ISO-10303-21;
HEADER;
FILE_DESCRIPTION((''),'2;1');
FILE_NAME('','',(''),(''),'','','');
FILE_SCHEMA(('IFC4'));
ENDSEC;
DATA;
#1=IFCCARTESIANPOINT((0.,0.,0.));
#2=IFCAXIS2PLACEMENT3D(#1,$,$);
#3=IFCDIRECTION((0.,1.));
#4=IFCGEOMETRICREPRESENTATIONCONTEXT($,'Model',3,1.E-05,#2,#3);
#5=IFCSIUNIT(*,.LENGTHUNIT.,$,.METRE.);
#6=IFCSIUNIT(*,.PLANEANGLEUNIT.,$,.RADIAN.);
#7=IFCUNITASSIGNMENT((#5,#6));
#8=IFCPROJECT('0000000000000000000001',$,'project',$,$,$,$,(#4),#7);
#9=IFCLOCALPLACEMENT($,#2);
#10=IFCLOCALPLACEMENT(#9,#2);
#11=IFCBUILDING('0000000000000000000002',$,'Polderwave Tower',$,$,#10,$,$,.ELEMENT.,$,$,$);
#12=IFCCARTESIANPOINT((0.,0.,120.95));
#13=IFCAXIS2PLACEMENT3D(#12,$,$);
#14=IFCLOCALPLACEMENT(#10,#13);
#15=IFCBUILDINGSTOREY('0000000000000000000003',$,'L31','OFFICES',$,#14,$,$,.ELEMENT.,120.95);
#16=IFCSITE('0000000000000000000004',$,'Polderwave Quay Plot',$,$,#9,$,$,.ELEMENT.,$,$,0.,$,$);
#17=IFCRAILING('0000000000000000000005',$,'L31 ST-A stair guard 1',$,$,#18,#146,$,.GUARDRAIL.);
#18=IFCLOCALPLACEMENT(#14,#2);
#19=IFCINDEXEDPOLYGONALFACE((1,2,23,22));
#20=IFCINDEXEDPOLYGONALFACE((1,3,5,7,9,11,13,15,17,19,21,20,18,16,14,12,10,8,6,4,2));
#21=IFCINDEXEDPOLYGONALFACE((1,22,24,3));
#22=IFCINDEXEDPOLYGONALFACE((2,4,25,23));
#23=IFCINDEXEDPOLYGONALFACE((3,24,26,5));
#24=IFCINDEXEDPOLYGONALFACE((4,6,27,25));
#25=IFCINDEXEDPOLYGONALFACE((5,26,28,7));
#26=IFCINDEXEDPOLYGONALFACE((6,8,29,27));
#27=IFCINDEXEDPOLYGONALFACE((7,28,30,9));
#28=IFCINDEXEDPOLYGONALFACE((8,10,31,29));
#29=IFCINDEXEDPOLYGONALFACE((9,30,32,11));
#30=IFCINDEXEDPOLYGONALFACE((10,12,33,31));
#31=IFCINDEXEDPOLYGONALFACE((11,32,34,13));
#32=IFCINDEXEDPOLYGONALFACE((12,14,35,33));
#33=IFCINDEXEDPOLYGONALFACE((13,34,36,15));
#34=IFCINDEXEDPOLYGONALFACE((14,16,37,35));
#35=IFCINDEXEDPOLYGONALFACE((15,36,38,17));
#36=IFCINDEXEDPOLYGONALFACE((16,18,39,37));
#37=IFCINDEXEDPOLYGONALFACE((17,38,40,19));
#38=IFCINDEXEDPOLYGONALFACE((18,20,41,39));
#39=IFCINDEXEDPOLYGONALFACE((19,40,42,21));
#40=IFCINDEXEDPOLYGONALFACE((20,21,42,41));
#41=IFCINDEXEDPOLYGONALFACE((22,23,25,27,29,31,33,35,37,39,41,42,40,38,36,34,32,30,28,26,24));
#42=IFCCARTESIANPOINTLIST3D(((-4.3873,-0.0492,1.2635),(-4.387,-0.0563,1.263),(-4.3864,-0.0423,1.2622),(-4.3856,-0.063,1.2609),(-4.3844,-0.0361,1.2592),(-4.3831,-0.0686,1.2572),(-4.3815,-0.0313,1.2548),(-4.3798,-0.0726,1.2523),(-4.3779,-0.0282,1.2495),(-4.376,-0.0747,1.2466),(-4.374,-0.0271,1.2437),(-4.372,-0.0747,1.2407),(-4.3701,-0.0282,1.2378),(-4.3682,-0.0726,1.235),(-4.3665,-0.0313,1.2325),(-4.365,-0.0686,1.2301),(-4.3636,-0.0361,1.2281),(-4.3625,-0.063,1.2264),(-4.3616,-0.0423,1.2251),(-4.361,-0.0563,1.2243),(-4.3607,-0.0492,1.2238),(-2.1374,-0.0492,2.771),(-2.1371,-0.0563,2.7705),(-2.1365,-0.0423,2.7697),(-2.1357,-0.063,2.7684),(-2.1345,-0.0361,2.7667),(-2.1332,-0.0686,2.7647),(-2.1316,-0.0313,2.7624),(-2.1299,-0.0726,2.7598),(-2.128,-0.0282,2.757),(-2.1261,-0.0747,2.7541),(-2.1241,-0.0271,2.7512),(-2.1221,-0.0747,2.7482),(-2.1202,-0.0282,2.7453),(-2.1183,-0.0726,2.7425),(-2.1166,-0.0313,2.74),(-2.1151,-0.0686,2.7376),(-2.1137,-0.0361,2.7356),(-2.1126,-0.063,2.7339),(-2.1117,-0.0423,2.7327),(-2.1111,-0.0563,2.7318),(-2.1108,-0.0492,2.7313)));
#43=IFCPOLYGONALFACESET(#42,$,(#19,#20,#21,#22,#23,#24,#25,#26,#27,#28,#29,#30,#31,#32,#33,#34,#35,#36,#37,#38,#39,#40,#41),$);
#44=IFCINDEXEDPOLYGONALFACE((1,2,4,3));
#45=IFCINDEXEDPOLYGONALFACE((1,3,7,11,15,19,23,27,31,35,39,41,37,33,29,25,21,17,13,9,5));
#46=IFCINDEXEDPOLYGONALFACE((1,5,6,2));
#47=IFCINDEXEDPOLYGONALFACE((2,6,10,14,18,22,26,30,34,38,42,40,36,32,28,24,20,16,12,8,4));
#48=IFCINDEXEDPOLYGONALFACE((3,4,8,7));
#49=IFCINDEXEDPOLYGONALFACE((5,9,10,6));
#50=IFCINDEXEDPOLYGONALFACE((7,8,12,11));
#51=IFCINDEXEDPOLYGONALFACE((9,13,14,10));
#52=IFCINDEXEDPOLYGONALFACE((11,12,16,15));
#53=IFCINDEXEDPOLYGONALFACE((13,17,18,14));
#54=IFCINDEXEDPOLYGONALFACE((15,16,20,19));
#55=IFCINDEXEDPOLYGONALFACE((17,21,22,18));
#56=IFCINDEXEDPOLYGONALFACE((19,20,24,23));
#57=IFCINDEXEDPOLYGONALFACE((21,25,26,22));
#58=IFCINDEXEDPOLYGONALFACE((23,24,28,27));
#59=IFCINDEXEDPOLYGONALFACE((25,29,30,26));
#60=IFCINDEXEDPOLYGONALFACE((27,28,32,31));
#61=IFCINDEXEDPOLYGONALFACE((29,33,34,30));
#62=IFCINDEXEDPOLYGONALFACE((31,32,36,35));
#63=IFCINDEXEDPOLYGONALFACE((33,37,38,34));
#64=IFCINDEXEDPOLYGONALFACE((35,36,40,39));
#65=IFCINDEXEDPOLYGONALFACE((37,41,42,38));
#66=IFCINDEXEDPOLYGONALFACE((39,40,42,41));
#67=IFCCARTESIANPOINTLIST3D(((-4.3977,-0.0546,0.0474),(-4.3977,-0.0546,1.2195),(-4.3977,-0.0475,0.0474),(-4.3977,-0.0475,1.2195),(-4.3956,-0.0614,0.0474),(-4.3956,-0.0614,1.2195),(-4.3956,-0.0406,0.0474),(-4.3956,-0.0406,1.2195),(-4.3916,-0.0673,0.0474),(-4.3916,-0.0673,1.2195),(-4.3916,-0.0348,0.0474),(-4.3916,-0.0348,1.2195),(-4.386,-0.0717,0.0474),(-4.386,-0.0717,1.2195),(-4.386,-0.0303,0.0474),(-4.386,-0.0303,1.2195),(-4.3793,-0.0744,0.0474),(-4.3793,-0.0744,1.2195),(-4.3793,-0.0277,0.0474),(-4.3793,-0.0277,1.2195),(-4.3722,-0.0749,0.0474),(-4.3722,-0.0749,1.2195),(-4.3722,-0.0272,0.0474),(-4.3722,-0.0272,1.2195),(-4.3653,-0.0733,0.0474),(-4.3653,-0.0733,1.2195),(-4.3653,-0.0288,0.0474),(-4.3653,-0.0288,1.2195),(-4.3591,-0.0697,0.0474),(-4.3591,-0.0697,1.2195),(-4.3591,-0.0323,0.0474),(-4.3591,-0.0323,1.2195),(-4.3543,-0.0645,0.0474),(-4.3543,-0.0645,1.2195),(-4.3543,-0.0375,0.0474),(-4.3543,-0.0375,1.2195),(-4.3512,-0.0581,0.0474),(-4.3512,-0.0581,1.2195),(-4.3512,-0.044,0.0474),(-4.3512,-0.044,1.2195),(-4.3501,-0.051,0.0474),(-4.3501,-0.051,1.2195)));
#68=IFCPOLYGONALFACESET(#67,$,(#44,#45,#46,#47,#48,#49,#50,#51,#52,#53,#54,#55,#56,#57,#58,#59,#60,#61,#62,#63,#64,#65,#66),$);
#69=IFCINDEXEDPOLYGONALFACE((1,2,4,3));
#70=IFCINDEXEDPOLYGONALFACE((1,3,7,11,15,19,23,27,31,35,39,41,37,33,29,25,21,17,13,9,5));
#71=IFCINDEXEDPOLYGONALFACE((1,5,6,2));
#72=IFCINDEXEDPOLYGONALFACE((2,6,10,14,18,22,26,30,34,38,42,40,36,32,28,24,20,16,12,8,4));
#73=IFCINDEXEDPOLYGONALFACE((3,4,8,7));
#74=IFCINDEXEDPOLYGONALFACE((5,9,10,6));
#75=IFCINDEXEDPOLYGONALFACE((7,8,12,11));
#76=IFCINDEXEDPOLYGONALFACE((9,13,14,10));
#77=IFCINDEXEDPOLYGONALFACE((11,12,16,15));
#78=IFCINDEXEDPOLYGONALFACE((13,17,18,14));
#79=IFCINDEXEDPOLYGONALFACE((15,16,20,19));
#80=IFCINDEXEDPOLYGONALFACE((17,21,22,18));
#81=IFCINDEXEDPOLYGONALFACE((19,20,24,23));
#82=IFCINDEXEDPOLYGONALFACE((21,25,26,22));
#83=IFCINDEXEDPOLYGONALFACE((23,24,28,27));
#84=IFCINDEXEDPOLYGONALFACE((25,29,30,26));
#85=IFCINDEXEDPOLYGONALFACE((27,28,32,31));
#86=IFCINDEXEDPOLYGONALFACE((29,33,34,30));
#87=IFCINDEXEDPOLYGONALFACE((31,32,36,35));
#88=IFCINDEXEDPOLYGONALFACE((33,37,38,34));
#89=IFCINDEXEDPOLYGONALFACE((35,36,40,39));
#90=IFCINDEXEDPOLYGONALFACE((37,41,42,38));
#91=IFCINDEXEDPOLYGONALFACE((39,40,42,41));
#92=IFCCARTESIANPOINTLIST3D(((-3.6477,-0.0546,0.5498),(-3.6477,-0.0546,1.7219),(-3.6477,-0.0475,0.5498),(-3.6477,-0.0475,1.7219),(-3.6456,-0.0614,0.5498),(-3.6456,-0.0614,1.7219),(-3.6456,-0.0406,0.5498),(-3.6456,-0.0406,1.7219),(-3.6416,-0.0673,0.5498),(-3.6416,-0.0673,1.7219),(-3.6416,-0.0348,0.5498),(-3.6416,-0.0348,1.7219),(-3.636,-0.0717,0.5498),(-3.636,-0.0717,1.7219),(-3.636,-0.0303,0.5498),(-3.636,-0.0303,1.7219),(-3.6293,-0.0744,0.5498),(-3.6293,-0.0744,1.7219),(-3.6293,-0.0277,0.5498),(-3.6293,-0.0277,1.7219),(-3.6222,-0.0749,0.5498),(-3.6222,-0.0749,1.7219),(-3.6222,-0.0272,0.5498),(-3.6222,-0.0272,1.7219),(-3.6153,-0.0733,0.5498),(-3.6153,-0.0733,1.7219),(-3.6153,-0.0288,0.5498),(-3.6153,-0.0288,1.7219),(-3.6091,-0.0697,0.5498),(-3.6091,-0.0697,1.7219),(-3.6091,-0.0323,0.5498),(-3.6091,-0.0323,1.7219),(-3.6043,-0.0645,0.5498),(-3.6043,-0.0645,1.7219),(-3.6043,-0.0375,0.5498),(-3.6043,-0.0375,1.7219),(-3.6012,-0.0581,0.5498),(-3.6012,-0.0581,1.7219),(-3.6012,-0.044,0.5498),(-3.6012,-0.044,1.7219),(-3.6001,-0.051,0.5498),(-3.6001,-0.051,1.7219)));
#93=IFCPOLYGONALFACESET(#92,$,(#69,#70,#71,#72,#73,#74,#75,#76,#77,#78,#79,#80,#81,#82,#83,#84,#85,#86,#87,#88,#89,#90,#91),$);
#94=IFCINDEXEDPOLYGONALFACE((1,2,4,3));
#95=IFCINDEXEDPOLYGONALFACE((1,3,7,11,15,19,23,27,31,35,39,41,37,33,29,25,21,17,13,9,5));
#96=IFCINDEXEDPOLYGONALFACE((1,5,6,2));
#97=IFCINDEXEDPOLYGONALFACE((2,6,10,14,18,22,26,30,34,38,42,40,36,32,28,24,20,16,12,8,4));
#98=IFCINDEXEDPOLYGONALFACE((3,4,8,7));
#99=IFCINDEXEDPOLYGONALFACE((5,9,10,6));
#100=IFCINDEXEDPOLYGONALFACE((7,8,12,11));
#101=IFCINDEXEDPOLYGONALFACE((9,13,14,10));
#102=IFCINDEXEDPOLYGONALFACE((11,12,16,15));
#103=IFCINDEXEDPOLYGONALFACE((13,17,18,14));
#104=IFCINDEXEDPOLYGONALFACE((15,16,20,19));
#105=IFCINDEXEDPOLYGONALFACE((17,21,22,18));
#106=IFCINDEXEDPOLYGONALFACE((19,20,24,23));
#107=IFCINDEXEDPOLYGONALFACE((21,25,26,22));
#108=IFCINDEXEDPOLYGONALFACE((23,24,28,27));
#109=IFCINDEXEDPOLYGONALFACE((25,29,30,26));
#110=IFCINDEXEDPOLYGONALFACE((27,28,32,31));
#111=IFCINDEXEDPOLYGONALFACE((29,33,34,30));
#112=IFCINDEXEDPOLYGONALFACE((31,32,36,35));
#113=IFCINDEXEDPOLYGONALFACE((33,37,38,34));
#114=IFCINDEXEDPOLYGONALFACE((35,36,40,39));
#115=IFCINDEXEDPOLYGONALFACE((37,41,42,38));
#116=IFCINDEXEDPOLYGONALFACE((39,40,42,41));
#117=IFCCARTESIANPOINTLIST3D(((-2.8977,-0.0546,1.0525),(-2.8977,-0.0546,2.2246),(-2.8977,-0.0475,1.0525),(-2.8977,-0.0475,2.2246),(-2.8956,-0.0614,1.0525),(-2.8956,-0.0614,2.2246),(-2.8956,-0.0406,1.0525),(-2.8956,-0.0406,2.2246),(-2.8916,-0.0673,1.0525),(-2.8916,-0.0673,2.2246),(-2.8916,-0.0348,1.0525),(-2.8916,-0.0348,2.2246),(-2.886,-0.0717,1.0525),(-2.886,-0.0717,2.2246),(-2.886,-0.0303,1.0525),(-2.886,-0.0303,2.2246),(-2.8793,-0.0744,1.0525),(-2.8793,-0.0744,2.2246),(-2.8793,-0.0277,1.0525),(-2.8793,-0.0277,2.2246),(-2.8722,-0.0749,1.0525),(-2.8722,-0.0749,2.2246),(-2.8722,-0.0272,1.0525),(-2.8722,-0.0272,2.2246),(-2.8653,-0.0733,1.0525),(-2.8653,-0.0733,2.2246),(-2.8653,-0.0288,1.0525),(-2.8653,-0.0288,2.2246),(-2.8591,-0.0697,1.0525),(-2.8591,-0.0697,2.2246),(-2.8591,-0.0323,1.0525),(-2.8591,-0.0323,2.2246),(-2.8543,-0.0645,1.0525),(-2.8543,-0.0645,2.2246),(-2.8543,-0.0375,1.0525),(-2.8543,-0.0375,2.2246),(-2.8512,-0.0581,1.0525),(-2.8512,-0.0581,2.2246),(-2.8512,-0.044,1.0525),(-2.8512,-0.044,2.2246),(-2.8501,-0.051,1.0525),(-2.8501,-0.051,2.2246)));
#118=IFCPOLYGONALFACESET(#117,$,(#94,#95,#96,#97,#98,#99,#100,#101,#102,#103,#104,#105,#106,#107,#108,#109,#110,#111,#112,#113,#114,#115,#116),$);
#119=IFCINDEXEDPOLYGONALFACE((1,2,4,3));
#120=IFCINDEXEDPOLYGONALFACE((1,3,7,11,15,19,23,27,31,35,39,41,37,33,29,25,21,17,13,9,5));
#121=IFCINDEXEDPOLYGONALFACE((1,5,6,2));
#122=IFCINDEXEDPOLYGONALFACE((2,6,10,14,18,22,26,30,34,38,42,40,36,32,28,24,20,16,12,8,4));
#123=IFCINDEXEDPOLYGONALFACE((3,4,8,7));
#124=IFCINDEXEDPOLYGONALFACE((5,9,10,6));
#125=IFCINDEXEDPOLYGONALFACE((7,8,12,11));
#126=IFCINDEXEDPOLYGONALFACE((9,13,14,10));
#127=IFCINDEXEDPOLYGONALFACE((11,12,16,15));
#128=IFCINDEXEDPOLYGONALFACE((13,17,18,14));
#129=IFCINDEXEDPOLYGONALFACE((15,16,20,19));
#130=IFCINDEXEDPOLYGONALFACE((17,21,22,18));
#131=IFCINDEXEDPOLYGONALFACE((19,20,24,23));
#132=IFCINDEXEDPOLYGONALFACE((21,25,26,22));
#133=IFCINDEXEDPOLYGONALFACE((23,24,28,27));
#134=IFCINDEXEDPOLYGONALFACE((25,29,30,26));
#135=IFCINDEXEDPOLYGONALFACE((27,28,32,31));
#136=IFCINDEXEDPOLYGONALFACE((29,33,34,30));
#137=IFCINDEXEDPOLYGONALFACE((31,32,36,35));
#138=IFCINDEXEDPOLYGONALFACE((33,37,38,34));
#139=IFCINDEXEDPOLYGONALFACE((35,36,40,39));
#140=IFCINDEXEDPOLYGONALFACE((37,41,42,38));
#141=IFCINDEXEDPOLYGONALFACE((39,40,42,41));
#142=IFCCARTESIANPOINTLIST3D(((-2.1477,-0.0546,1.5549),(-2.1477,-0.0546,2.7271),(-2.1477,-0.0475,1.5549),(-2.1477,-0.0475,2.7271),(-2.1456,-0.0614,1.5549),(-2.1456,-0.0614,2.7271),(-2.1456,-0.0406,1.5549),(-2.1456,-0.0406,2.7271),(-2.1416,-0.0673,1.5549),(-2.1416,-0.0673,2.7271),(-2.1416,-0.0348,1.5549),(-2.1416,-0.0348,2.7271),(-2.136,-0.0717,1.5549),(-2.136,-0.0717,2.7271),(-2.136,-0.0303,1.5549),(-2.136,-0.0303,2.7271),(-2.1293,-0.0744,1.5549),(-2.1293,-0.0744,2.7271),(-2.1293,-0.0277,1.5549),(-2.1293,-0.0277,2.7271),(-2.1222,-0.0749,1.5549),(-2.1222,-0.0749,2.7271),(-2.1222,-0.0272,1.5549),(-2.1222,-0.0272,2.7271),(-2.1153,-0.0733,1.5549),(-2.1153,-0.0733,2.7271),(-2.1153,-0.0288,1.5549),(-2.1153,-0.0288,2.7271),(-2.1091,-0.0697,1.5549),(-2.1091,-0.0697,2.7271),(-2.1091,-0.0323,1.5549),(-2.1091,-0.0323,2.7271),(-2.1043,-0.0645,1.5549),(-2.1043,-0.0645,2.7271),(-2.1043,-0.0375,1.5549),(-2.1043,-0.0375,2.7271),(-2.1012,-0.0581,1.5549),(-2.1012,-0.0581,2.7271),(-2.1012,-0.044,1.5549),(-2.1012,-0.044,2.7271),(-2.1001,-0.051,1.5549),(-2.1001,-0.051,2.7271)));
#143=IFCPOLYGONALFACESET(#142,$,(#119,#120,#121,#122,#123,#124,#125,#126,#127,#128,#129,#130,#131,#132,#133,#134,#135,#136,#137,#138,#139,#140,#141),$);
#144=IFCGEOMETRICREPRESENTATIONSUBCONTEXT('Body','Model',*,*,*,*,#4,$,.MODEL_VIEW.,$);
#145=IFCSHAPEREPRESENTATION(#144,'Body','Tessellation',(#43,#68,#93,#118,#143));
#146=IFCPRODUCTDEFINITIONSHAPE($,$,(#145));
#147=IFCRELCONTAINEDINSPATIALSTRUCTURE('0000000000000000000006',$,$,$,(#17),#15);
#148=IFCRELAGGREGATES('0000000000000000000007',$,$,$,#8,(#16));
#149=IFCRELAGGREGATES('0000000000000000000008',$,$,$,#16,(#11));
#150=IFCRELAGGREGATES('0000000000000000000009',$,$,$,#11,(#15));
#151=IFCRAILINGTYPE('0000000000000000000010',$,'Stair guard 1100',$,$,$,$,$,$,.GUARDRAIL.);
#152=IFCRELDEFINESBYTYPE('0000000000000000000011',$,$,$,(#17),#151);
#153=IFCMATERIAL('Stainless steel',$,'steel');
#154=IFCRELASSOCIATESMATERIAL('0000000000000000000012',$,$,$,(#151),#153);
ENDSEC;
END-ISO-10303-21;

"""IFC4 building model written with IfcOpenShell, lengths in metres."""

from ifc_helpers import new_model, si_unit, direction, frame, origin, origin_2d, place, context, subcontext, project, spatial, circle, extrude, material, type_object, element, save


model = new_model("IFC4")

# Units and contexts
model_context = context("Model", 3, precision=1e-05, world=origin(), true_north=direction((0.0, 1.0)))
body_context = subcontext(model_context, "Body", "Model", "MODEL_VIEW")
ifc_project = project(units=[si_unit("LENGTHUNIT", "METRE"), si_unit("PLANEANGLEUNIT", "RADIAN")], contexts=[model_context])

# Site, building, storey
site_placement = place(None, origin())
site = spatial("IfcSite", under=ifc_project, at=site_placement, Name="Polderwave Quay Plot", CompositionType="ELEMENT", RefElevation=0.0)
building_placement = place(site_placement, origin())
building = spatial("IfcBuilding", under=site, at=building_placement, Name="Polderwave Tower", CompositionType="ELEMENT")
storey_placement = place(building_placement, frame((0.0, 0.0, 120.95)))
storey = spatial("IfcBuildingStorey", under=building, at=storey_placement, Name="L31", Description="OFFICES", CompositionType="ELEMENT", Elevation=120.95)

# Railing
ifc_material_1 = material(Name="Stainless steel", Category="steel")
railing_type_1 = type_object("IfcRailingType", Name="Stair guard 1100", PredefinedType="GUARDRAIL", material=ifc_material_1)
railing_1_placement = place(storey_placement, frame((-4.374, -0.051, 0.0474)))
element("IfcRailing", 1, at=railing_1_placement, inside=storey, type_object=railing_type_1, Name="L31 ST-A stair guard 1", PredefinedType="GUARDRAIL", context=body_context, shape_type="SweptSolid", body=[
    extrude(circle(Radius=0.0239, at=origin_2d()), frame((0.0, 0.0, 1.1963), z_axis=(0.830758, 0.0, 0.556633), x_axis=(0.0, 1.0, 0.0)), (0.0, 0.0, 1.0), 2.7083),
    extrude(circle(Radius=0.0239, at=origin_2d()), origin(), (0.0, 0.0, 1.0), 1.1721),
    extrude(circle(Radius=0.0239, at=origin_2d()), frame((0.75, 0.0, 0.5024)), (0.0, 0.0, 1.0), 1.1721),
    extrude(circle(Radius=0.0239, at=origin_2d()), frame((1.5, 0.0, 1.0051)), (0.0, 0.0, 1.0), 1.1721),
    extrude(circle(Radius=0.0239, at=origin_2d()), frame((2.25, 0.0, 1.5076)), (0.0, 0.0, 1.0), 1.1721),
])

save(model, "model.ifc")
